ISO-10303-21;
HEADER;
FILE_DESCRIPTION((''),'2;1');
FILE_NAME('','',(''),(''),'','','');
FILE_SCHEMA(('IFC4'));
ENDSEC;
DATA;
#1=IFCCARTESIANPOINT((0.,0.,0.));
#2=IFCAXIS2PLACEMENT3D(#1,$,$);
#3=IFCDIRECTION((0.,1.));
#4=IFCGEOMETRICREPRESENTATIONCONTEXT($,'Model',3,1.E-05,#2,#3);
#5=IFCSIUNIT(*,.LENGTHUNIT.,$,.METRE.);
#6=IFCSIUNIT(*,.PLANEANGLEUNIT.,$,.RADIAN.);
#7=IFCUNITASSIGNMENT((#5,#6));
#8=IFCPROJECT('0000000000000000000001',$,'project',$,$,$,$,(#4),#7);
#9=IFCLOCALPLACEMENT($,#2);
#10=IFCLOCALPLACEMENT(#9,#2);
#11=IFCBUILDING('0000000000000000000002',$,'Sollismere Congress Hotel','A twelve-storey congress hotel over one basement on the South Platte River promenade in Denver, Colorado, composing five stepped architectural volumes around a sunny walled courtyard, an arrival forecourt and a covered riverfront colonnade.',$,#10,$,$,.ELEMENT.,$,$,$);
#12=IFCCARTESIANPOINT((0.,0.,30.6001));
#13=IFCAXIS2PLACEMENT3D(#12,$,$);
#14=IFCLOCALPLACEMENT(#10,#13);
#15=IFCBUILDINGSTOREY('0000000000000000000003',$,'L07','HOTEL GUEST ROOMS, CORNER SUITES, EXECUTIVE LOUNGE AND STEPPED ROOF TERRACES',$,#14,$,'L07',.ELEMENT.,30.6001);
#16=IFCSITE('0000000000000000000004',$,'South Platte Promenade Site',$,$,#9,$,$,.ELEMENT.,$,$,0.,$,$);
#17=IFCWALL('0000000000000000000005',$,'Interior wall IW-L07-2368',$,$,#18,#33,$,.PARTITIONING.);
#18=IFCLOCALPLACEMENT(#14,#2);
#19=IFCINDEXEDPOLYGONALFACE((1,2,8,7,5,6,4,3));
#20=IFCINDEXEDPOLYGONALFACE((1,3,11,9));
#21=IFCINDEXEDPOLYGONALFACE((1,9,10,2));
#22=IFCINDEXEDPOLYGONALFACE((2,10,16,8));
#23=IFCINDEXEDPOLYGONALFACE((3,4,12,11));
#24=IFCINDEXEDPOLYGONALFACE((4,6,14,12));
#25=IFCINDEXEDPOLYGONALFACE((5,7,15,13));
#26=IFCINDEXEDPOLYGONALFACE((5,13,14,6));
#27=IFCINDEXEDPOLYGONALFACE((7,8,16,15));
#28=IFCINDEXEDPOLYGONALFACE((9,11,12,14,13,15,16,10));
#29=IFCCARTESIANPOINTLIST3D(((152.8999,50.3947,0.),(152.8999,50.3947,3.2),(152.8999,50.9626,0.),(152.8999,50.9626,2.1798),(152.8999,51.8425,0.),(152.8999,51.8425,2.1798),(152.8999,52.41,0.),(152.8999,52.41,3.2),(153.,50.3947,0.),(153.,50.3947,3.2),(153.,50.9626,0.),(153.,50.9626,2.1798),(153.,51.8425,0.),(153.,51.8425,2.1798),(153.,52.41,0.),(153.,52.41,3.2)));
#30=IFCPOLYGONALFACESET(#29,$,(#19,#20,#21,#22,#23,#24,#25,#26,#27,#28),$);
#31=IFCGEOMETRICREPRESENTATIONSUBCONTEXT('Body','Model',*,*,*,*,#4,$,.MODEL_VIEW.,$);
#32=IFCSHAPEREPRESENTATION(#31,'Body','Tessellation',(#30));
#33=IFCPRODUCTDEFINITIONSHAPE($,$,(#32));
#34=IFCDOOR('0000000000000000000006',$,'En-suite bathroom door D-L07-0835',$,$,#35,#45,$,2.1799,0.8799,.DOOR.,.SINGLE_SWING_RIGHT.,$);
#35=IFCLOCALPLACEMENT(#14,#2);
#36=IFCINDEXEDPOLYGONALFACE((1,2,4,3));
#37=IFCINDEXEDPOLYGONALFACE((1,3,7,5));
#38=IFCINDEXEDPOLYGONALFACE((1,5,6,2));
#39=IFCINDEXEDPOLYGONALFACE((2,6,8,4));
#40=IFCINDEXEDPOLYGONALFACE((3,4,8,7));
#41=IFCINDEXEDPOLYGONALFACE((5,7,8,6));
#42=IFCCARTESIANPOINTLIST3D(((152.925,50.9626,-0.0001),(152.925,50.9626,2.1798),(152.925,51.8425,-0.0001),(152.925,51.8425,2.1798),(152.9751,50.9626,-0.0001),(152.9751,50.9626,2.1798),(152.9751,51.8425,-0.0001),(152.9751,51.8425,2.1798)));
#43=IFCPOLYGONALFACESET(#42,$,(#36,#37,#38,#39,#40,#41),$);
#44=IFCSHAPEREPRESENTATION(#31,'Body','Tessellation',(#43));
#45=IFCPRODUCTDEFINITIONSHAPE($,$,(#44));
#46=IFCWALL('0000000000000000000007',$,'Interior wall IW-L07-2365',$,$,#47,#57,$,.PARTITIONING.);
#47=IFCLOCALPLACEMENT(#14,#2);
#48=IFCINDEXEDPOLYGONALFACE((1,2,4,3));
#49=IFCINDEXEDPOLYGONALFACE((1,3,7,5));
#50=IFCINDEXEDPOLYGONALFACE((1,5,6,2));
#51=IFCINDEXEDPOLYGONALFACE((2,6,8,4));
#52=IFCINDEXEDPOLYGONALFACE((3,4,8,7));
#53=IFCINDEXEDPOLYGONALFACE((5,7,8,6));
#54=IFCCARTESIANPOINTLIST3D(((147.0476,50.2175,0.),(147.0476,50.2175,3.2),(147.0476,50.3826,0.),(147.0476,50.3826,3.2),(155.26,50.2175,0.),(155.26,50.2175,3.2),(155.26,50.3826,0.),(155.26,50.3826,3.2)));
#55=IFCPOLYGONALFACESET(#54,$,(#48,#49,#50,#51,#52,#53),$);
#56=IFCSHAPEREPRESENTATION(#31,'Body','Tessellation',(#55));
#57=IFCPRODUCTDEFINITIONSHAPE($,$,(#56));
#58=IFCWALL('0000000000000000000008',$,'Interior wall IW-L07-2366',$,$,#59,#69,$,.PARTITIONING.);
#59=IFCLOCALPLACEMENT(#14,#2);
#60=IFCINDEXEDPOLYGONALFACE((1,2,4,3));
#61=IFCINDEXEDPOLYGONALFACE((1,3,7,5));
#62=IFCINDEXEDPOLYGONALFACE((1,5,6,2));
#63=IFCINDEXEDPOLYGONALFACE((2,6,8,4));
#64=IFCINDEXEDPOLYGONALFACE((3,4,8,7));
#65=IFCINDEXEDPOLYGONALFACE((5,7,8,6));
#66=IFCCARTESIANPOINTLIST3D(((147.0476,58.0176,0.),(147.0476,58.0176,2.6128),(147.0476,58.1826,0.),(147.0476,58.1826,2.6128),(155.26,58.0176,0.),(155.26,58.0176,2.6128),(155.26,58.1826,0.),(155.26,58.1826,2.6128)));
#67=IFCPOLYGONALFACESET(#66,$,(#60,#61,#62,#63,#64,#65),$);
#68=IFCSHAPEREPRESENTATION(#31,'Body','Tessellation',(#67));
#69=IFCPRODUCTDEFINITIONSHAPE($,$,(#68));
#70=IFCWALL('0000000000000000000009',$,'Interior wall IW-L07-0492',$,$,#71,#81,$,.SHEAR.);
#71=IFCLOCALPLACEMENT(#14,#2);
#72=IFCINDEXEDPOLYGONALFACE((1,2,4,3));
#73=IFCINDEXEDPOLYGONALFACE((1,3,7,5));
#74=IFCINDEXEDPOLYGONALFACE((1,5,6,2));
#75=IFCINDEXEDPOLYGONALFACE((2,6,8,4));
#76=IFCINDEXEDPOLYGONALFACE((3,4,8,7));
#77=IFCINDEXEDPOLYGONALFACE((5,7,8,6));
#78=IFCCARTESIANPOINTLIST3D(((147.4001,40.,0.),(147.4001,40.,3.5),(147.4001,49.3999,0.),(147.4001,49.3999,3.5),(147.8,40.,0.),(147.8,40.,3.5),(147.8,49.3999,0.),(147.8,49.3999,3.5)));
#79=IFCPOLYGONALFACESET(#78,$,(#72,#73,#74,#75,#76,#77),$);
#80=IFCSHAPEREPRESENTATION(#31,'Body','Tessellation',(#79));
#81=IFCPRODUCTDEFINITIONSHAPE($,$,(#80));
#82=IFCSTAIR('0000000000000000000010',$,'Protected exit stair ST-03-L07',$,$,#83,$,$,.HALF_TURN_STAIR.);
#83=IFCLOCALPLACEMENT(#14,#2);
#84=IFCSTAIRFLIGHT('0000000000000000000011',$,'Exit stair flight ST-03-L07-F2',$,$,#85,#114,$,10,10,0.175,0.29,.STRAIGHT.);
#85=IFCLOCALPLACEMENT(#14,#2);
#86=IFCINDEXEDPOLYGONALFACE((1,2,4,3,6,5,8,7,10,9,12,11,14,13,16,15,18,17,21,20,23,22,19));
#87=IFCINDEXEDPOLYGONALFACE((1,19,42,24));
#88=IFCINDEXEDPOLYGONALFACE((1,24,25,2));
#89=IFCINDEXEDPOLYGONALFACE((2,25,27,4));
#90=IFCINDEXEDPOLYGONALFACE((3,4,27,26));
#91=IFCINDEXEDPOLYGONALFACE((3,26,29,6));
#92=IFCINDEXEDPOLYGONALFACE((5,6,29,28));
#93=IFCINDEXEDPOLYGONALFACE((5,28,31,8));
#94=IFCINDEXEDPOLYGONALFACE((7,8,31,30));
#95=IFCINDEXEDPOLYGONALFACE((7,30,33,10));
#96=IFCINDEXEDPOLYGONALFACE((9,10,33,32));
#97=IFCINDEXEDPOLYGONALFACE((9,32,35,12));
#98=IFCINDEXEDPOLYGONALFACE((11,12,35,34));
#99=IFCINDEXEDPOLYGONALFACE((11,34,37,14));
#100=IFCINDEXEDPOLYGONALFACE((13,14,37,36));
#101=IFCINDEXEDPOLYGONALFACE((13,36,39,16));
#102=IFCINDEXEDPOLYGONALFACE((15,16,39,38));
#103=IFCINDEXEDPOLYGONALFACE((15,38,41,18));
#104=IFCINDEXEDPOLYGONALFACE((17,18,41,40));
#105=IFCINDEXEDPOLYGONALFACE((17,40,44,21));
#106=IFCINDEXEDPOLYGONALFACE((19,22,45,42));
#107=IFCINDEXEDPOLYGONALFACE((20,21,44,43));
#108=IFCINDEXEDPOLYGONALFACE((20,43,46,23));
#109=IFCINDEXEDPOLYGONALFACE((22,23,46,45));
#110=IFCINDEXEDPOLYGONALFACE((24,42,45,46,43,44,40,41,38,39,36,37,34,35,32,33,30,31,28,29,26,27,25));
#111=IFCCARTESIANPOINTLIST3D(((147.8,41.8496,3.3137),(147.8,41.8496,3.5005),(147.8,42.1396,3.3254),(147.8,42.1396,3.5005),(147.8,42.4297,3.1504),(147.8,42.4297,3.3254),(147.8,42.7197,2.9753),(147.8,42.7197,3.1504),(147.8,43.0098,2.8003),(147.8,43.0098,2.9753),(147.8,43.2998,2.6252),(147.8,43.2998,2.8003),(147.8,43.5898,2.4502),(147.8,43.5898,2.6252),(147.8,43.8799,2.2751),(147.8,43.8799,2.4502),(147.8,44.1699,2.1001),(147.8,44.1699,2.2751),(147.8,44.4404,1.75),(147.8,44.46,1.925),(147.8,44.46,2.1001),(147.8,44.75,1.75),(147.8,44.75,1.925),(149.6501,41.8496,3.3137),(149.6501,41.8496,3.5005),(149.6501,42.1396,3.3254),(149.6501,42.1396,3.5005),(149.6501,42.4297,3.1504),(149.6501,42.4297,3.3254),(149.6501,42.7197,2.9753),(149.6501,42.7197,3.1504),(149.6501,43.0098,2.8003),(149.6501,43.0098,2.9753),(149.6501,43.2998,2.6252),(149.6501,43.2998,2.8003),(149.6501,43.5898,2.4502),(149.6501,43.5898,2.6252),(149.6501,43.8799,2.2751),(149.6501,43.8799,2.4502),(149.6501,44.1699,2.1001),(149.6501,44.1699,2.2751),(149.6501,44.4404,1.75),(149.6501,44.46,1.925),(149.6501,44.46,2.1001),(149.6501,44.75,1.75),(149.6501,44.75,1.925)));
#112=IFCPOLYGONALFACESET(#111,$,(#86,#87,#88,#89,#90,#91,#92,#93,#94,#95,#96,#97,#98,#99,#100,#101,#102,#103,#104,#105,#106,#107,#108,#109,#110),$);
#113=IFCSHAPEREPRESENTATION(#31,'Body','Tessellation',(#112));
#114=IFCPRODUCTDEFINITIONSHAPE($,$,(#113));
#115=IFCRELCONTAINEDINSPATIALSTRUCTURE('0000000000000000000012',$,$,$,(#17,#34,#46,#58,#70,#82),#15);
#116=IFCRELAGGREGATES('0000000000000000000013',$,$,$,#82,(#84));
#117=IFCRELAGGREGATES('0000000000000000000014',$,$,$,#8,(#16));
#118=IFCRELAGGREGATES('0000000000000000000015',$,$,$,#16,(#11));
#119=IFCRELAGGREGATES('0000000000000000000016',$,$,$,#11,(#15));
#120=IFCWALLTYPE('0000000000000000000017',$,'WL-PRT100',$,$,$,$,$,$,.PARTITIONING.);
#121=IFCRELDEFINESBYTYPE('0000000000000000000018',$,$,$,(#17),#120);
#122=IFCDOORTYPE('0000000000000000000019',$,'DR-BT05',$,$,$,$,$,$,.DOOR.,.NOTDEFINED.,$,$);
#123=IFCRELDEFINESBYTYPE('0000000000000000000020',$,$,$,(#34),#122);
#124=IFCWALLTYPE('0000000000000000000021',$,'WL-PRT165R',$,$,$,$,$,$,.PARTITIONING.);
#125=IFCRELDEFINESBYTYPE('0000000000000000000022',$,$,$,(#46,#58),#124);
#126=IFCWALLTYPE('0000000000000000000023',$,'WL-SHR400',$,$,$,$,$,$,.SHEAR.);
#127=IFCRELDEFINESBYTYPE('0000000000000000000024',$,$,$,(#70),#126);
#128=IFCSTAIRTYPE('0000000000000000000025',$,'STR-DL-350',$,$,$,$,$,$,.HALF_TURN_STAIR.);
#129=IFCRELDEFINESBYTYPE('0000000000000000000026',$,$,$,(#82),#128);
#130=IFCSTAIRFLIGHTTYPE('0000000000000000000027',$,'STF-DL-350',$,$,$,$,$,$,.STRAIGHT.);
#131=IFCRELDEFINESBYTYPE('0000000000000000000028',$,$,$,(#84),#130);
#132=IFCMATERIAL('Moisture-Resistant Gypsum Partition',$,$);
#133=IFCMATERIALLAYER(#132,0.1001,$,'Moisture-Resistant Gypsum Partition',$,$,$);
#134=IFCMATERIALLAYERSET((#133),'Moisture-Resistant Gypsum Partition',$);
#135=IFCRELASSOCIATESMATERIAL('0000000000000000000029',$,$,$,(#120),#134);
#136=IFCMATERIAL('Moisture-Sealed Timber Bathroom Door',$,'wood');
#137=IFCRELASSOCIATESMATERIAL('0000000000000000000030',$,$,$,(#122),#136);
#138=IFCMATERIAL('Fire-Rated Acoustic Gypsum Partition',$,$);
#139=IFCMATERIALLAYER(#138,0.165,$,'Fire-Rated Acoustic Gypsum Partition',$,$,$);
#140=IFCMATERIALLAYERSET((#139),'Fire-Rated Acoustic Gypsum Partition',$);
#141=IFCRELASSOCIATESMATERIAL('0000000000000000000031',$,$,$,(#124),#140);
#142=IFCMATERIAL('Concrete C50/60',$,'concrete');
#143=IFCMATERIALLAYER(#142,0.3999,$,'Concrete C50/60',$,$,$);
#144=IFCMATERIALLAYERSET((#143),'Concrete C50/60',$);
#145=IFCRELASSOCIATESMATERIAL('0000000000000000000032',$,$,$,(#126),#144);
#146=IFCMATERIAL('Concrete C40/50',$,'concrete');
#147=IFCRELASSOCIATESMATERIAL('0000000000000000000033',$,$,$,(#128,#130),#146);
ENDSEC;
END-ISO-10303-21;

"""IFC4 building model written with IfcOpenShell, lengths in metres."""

from ifc_helpers import new_model, si_unit, direction, frame, frame_2d, origin, place, context, subcontext, project, spatial, polyline, rectangle, outline, extrude, material, layer, layer_set, type_object, element, fill, aggregate, save


model = new_model("IFC4")

# Units and contexts
model_context = context("Model", 3, precision=1e-05, world=origin(), true_north=direction((0.0, 1.0)))
body_context = subcontext(model_context, "Body", "Model", "MODEL_VIEW")
ifc_project = project(units=[si_unit("LENGTHUNIT", "METRE"), si_unit("PLANEANGLEUNIT", "RADIAN")], contexts=[model_context])

# Site, building, storey
site_placement = place(None, origin())
site = spatial("IfcSite", under=ifc_project, at=site_placement, Name="South Platte Promenade Site", CompositionType="ELEMENT", RefElevation=0.0)
building_placement = place(site_placement, origin())
building = spatial("IfcBuilding", under=site, at=building_placement, Name="Sollismere Congress Hotel", Description="A twelve-storey congress hotel over one basement on the South Platte River promenade in Denver, Colorado, composing five stepped architectural volumes around a sunny walled courtyard, an arrival forecourt and a covered riverfront colonnade.", CompositionType="ELEMENT")
storey_placement = place(building_placement, frame((0.0, 0.0, 30.6001)))
storey = spatial("IfcBuildingStorey", under=building, at=storey_placement, Name="L07", Description="HOTEL GUEST ROOMS, CORNER SUITES, EXECUTIVE LOUNGE AND STEPPED ROOF TERRACES", LongName="L07", CompositionType="ELEMENT", Elevation=30.6001)

# Wall, opening, door
ifc_material_1 = material(Name="Moisture-Resistant Gypsum Partition")
ifc_layer_1 = layer(ifc_material_1, 0.1001, Name="Moisture-Resistant Gypsum Partition")
ifc_layer_set_1 = layer_set([ifc_layer_1], Name="Moisture-Resistant Gypsum Partition")
wall_type_1 = type_object("IfcWallType", Name="WL-PRT100", PredefinedType="PARTITIONING", material=ifc_layer_set_1)
wall_1_placement = place(storey_placement, frame((152.95, 50.3945, 0.0), z_axis=(0.0, 0.0, 1.0), x_axis=(0.0, 1.0, 0.0)))
wall_1 = element("IfcWall", 1, at=wall_1_placement, inside=storey, type_object=wall_type_1, Name="Interior wall IW-L07-2368", PredefinedType="PARTITIONING", context=body_context, shape_type="SweptSolid", body=[
    extrude(rectangle(XDim=2.0154, YDim=0.1001, at=frame_2d((1.0078, 0.0))), origin(), (0.0, 0.0, 1.0), 3.2),
])
opening_1_placement = place(wall_1_placement, frame((0.5681, 0.0, 0.0)))
opening_1 = element("IfcOpeningElement", 2, at=opening_1_placement, cuts=wall_1, PredefinedType="OPENING", context=body_context, shape_type="SweptSolid", body=[
    extrude(rectangle(XDim=0.8799, YDim=2.1799, at=frame_2d((0.4399, 1.0898))), frame((0.0, 0.0601, 0.0), z_axis=(0.0, -1.0, 0.0), x_axis=(1.0, 0.0, 0.0)), (0.0, 0.0, 1.0), 0.1201),
])
ifc_material_2 = material(Name="Moisture-Sealed Timber Bathroom Door", Category="wood")
door_type = type_object("IfcDoorType", Name="DR-BT05", OperationType="NOTDEFINED", PredefinedType="DOOR", material=ifc_material_2)
door_placement = place(opening_1_placement, origin())
door = element("IfcDoor", 3, at=door_placement, inside=storey, type_object=door_type, Name="En-suite bathroom door D-L07-0835", OperationType="SINGLE_SWING_RIGHT", OverallHeight=2.1799, OverallWidth=0.8799, PredefinedType="DOOR", context=body_context, shape_type="SweptSolid", body=[
    extrude(rectangle(XDim=0.8799, YDim=2.1799, at=frame_2d((0.4399, 1.0898))), frame((0.0, 0.0249, 0.0), z_axis=(0.0, -1.0, 0.0), x_axis=(1.0, 0.0, 0.0)), (0.0, 0.0, 1.0), 0.05),
])
fill(opening_1, door)

# Walls
ifc_material_3 = material(Name="Fire-Rated Acoustic Gypsum Partition")
ifc_layer_2 = layer(ifc_material_3, 0.165, Name="Fire-Rated Acoustic Gypsum Partition")
ifc_layer_set_2 = layer_set([ifc_layer_2], Name="Fire-Rated Acoustic Gypsum Partition")
wall_type_2 = type_object("IfcWallType", Name="WL-PRT165R", PredefinedType="PARTITIONING", material=ifc_layer_set_2)
wall_2_placement = place(storey_placement, frame((147.0476, 50.3, 0.0), z_axis=(0.0, 0.0, 1.0), x_axis=(1.0, 0.0, 0.0)))
element("IfcWall", 4, at=wall_2_placement, inside=storey, type_object=wall_type_2, Name="Interior wall IW-L07-2365", PredefinedType="PARTITIONING", context=body_context, shape_type="SweptSolid", body=[
    extrude(rectangle(XDim=8.2124, YDim=0.165, at=frame_2d((4.1062, 0.0))), origin(), (0.0, 0.0, 1.0), 3.2),
])
wall_3_placement = place(storey_placement, frame((147.0476, 58.1001, 0.0), z_axis=(0.0, 0.0, 1.0), x_axis=(1.0, 0.0, 0.0)))
element("IfcWall", 5, at=wall_3_placement, inside=storey, type_object=wall_type_2, Name="Interior wall IW-L07-2366", PredefinedType="PARTITIONING", context=body_context, shape_type="SweptSolid", body=[
    extrude(rectangle(XDim=8.2124, YDim=0.165, at=frame_2d((4.1062, 0.0))), origin(), (0.0, 0.0, 1.0), 2.6128),
])
ifc_material_4 = material(Name="Concrete C50/60", Category="concrete")
ifc_layer_3 = layer(ifc_material_4, 0.3999, Name="Concrete C50/60")
ifc_layer_set_3 = layer_set([ifc_layer_3], Name="Concrete C50/60")
wall_type_3 = type_object("IfcWallType", Name="WL-SHR400", PredefinedType="SHEAR", material=ifc_layer_set_3)
wall_4_placement = place(storey_placement, frame((147.6001, 49.3999, 0.0), z_axis=(0.0, 0.0, 1.0), x_axis=(0.0, -1.0, 0.0)))
element("IfcWall", 6, at=wall_4_placement, inside=storey, type_object=wall_type_3, Name="Interior wall IW-L07-0492", PredefinedType="SHEAR", context=body_context, shape_type="SweptSolid", body=[
    extrude(rectangle(XDim=9.3999, YDim=0.3999, at=frame_2d((4.7, 0.0))), origin(), (0.0, 0.0, 1.0), 3.5),
])

# Stair, stair flight
ifc_material_5 = material(Name="Concrete C40/50", Category="concrete")
stair_type = type_object("IfcStairType", Name="STR-DL-350", PredefinedType="HALF_TURN_STAIR", material=ifc_material_5)
stair_placement = place(storey_placement, origin())
stair = element("IfcStair", 7, at=stair_placement, inside=storey, type_object=stair_type, Name="Protected exit stair ST-03-L07", PredefinedType="HALF_TURN_STAIR")
stair_flight_type = type_object("IfcStairFlightType", Name="STF-DL-350", PredefinedType="STRAIGHT", material=ifc_material_5)
stair_flight_placement = place(storey_placement, frame((148.7251, 44.75, 1.75), z_axis=(0.0, 0.0, 1.0), x_axis=(0.0, -1.0, 0.0)))
stair_flight = element("IfcStairFlight", 8, at=stair_flight_placement, type_object=stair_flight_type, Name="Exit stair flight ST-03-L07-F2", NumberOfRisers=10, NumberOfTreads=10, PredefinedType="STRAIGHT", RiserHeight=0.175, TreadLength=0.29, context=body_context, shape_type="SweptSolid", body=[
    extrude(outline(polyline([(0.0, 0.0), (0.0, 0.175), (0.29, 0.175), (0.29, 0.3501), (0.5801, 0.3501), (0.5801, 0.5251), (0.8701, 0.5251), (0.8701, 0.7002), (1.1602, 0.7002), (1.1602, 0.8752), (1.4502, 0.8752), (1.4502, 1.0503), (1.7402, 1.0503), (1.7402, 1.2253), (2.0303, 1.2253), (2.0303, 1.4004), (2.3203, 1.4004), (2.3203, 1.5754), (2.6104, 1.5754), (2.6104, 1.7505), (2.9004, 1.7505), (2.9004, 1.5637), (0.3096, 0.0), (0.0, 0.0)])), frame((0.0, 0.925, 0.0), z_axis=(0.0, -1.0, 0.0), x_axis=(1.0, 0.0, 0.0)), (0.0, 0.0, 1.0), 1.8501),
])
aggregate(stair, [stair_flight])

save(model, "model.ifc")
